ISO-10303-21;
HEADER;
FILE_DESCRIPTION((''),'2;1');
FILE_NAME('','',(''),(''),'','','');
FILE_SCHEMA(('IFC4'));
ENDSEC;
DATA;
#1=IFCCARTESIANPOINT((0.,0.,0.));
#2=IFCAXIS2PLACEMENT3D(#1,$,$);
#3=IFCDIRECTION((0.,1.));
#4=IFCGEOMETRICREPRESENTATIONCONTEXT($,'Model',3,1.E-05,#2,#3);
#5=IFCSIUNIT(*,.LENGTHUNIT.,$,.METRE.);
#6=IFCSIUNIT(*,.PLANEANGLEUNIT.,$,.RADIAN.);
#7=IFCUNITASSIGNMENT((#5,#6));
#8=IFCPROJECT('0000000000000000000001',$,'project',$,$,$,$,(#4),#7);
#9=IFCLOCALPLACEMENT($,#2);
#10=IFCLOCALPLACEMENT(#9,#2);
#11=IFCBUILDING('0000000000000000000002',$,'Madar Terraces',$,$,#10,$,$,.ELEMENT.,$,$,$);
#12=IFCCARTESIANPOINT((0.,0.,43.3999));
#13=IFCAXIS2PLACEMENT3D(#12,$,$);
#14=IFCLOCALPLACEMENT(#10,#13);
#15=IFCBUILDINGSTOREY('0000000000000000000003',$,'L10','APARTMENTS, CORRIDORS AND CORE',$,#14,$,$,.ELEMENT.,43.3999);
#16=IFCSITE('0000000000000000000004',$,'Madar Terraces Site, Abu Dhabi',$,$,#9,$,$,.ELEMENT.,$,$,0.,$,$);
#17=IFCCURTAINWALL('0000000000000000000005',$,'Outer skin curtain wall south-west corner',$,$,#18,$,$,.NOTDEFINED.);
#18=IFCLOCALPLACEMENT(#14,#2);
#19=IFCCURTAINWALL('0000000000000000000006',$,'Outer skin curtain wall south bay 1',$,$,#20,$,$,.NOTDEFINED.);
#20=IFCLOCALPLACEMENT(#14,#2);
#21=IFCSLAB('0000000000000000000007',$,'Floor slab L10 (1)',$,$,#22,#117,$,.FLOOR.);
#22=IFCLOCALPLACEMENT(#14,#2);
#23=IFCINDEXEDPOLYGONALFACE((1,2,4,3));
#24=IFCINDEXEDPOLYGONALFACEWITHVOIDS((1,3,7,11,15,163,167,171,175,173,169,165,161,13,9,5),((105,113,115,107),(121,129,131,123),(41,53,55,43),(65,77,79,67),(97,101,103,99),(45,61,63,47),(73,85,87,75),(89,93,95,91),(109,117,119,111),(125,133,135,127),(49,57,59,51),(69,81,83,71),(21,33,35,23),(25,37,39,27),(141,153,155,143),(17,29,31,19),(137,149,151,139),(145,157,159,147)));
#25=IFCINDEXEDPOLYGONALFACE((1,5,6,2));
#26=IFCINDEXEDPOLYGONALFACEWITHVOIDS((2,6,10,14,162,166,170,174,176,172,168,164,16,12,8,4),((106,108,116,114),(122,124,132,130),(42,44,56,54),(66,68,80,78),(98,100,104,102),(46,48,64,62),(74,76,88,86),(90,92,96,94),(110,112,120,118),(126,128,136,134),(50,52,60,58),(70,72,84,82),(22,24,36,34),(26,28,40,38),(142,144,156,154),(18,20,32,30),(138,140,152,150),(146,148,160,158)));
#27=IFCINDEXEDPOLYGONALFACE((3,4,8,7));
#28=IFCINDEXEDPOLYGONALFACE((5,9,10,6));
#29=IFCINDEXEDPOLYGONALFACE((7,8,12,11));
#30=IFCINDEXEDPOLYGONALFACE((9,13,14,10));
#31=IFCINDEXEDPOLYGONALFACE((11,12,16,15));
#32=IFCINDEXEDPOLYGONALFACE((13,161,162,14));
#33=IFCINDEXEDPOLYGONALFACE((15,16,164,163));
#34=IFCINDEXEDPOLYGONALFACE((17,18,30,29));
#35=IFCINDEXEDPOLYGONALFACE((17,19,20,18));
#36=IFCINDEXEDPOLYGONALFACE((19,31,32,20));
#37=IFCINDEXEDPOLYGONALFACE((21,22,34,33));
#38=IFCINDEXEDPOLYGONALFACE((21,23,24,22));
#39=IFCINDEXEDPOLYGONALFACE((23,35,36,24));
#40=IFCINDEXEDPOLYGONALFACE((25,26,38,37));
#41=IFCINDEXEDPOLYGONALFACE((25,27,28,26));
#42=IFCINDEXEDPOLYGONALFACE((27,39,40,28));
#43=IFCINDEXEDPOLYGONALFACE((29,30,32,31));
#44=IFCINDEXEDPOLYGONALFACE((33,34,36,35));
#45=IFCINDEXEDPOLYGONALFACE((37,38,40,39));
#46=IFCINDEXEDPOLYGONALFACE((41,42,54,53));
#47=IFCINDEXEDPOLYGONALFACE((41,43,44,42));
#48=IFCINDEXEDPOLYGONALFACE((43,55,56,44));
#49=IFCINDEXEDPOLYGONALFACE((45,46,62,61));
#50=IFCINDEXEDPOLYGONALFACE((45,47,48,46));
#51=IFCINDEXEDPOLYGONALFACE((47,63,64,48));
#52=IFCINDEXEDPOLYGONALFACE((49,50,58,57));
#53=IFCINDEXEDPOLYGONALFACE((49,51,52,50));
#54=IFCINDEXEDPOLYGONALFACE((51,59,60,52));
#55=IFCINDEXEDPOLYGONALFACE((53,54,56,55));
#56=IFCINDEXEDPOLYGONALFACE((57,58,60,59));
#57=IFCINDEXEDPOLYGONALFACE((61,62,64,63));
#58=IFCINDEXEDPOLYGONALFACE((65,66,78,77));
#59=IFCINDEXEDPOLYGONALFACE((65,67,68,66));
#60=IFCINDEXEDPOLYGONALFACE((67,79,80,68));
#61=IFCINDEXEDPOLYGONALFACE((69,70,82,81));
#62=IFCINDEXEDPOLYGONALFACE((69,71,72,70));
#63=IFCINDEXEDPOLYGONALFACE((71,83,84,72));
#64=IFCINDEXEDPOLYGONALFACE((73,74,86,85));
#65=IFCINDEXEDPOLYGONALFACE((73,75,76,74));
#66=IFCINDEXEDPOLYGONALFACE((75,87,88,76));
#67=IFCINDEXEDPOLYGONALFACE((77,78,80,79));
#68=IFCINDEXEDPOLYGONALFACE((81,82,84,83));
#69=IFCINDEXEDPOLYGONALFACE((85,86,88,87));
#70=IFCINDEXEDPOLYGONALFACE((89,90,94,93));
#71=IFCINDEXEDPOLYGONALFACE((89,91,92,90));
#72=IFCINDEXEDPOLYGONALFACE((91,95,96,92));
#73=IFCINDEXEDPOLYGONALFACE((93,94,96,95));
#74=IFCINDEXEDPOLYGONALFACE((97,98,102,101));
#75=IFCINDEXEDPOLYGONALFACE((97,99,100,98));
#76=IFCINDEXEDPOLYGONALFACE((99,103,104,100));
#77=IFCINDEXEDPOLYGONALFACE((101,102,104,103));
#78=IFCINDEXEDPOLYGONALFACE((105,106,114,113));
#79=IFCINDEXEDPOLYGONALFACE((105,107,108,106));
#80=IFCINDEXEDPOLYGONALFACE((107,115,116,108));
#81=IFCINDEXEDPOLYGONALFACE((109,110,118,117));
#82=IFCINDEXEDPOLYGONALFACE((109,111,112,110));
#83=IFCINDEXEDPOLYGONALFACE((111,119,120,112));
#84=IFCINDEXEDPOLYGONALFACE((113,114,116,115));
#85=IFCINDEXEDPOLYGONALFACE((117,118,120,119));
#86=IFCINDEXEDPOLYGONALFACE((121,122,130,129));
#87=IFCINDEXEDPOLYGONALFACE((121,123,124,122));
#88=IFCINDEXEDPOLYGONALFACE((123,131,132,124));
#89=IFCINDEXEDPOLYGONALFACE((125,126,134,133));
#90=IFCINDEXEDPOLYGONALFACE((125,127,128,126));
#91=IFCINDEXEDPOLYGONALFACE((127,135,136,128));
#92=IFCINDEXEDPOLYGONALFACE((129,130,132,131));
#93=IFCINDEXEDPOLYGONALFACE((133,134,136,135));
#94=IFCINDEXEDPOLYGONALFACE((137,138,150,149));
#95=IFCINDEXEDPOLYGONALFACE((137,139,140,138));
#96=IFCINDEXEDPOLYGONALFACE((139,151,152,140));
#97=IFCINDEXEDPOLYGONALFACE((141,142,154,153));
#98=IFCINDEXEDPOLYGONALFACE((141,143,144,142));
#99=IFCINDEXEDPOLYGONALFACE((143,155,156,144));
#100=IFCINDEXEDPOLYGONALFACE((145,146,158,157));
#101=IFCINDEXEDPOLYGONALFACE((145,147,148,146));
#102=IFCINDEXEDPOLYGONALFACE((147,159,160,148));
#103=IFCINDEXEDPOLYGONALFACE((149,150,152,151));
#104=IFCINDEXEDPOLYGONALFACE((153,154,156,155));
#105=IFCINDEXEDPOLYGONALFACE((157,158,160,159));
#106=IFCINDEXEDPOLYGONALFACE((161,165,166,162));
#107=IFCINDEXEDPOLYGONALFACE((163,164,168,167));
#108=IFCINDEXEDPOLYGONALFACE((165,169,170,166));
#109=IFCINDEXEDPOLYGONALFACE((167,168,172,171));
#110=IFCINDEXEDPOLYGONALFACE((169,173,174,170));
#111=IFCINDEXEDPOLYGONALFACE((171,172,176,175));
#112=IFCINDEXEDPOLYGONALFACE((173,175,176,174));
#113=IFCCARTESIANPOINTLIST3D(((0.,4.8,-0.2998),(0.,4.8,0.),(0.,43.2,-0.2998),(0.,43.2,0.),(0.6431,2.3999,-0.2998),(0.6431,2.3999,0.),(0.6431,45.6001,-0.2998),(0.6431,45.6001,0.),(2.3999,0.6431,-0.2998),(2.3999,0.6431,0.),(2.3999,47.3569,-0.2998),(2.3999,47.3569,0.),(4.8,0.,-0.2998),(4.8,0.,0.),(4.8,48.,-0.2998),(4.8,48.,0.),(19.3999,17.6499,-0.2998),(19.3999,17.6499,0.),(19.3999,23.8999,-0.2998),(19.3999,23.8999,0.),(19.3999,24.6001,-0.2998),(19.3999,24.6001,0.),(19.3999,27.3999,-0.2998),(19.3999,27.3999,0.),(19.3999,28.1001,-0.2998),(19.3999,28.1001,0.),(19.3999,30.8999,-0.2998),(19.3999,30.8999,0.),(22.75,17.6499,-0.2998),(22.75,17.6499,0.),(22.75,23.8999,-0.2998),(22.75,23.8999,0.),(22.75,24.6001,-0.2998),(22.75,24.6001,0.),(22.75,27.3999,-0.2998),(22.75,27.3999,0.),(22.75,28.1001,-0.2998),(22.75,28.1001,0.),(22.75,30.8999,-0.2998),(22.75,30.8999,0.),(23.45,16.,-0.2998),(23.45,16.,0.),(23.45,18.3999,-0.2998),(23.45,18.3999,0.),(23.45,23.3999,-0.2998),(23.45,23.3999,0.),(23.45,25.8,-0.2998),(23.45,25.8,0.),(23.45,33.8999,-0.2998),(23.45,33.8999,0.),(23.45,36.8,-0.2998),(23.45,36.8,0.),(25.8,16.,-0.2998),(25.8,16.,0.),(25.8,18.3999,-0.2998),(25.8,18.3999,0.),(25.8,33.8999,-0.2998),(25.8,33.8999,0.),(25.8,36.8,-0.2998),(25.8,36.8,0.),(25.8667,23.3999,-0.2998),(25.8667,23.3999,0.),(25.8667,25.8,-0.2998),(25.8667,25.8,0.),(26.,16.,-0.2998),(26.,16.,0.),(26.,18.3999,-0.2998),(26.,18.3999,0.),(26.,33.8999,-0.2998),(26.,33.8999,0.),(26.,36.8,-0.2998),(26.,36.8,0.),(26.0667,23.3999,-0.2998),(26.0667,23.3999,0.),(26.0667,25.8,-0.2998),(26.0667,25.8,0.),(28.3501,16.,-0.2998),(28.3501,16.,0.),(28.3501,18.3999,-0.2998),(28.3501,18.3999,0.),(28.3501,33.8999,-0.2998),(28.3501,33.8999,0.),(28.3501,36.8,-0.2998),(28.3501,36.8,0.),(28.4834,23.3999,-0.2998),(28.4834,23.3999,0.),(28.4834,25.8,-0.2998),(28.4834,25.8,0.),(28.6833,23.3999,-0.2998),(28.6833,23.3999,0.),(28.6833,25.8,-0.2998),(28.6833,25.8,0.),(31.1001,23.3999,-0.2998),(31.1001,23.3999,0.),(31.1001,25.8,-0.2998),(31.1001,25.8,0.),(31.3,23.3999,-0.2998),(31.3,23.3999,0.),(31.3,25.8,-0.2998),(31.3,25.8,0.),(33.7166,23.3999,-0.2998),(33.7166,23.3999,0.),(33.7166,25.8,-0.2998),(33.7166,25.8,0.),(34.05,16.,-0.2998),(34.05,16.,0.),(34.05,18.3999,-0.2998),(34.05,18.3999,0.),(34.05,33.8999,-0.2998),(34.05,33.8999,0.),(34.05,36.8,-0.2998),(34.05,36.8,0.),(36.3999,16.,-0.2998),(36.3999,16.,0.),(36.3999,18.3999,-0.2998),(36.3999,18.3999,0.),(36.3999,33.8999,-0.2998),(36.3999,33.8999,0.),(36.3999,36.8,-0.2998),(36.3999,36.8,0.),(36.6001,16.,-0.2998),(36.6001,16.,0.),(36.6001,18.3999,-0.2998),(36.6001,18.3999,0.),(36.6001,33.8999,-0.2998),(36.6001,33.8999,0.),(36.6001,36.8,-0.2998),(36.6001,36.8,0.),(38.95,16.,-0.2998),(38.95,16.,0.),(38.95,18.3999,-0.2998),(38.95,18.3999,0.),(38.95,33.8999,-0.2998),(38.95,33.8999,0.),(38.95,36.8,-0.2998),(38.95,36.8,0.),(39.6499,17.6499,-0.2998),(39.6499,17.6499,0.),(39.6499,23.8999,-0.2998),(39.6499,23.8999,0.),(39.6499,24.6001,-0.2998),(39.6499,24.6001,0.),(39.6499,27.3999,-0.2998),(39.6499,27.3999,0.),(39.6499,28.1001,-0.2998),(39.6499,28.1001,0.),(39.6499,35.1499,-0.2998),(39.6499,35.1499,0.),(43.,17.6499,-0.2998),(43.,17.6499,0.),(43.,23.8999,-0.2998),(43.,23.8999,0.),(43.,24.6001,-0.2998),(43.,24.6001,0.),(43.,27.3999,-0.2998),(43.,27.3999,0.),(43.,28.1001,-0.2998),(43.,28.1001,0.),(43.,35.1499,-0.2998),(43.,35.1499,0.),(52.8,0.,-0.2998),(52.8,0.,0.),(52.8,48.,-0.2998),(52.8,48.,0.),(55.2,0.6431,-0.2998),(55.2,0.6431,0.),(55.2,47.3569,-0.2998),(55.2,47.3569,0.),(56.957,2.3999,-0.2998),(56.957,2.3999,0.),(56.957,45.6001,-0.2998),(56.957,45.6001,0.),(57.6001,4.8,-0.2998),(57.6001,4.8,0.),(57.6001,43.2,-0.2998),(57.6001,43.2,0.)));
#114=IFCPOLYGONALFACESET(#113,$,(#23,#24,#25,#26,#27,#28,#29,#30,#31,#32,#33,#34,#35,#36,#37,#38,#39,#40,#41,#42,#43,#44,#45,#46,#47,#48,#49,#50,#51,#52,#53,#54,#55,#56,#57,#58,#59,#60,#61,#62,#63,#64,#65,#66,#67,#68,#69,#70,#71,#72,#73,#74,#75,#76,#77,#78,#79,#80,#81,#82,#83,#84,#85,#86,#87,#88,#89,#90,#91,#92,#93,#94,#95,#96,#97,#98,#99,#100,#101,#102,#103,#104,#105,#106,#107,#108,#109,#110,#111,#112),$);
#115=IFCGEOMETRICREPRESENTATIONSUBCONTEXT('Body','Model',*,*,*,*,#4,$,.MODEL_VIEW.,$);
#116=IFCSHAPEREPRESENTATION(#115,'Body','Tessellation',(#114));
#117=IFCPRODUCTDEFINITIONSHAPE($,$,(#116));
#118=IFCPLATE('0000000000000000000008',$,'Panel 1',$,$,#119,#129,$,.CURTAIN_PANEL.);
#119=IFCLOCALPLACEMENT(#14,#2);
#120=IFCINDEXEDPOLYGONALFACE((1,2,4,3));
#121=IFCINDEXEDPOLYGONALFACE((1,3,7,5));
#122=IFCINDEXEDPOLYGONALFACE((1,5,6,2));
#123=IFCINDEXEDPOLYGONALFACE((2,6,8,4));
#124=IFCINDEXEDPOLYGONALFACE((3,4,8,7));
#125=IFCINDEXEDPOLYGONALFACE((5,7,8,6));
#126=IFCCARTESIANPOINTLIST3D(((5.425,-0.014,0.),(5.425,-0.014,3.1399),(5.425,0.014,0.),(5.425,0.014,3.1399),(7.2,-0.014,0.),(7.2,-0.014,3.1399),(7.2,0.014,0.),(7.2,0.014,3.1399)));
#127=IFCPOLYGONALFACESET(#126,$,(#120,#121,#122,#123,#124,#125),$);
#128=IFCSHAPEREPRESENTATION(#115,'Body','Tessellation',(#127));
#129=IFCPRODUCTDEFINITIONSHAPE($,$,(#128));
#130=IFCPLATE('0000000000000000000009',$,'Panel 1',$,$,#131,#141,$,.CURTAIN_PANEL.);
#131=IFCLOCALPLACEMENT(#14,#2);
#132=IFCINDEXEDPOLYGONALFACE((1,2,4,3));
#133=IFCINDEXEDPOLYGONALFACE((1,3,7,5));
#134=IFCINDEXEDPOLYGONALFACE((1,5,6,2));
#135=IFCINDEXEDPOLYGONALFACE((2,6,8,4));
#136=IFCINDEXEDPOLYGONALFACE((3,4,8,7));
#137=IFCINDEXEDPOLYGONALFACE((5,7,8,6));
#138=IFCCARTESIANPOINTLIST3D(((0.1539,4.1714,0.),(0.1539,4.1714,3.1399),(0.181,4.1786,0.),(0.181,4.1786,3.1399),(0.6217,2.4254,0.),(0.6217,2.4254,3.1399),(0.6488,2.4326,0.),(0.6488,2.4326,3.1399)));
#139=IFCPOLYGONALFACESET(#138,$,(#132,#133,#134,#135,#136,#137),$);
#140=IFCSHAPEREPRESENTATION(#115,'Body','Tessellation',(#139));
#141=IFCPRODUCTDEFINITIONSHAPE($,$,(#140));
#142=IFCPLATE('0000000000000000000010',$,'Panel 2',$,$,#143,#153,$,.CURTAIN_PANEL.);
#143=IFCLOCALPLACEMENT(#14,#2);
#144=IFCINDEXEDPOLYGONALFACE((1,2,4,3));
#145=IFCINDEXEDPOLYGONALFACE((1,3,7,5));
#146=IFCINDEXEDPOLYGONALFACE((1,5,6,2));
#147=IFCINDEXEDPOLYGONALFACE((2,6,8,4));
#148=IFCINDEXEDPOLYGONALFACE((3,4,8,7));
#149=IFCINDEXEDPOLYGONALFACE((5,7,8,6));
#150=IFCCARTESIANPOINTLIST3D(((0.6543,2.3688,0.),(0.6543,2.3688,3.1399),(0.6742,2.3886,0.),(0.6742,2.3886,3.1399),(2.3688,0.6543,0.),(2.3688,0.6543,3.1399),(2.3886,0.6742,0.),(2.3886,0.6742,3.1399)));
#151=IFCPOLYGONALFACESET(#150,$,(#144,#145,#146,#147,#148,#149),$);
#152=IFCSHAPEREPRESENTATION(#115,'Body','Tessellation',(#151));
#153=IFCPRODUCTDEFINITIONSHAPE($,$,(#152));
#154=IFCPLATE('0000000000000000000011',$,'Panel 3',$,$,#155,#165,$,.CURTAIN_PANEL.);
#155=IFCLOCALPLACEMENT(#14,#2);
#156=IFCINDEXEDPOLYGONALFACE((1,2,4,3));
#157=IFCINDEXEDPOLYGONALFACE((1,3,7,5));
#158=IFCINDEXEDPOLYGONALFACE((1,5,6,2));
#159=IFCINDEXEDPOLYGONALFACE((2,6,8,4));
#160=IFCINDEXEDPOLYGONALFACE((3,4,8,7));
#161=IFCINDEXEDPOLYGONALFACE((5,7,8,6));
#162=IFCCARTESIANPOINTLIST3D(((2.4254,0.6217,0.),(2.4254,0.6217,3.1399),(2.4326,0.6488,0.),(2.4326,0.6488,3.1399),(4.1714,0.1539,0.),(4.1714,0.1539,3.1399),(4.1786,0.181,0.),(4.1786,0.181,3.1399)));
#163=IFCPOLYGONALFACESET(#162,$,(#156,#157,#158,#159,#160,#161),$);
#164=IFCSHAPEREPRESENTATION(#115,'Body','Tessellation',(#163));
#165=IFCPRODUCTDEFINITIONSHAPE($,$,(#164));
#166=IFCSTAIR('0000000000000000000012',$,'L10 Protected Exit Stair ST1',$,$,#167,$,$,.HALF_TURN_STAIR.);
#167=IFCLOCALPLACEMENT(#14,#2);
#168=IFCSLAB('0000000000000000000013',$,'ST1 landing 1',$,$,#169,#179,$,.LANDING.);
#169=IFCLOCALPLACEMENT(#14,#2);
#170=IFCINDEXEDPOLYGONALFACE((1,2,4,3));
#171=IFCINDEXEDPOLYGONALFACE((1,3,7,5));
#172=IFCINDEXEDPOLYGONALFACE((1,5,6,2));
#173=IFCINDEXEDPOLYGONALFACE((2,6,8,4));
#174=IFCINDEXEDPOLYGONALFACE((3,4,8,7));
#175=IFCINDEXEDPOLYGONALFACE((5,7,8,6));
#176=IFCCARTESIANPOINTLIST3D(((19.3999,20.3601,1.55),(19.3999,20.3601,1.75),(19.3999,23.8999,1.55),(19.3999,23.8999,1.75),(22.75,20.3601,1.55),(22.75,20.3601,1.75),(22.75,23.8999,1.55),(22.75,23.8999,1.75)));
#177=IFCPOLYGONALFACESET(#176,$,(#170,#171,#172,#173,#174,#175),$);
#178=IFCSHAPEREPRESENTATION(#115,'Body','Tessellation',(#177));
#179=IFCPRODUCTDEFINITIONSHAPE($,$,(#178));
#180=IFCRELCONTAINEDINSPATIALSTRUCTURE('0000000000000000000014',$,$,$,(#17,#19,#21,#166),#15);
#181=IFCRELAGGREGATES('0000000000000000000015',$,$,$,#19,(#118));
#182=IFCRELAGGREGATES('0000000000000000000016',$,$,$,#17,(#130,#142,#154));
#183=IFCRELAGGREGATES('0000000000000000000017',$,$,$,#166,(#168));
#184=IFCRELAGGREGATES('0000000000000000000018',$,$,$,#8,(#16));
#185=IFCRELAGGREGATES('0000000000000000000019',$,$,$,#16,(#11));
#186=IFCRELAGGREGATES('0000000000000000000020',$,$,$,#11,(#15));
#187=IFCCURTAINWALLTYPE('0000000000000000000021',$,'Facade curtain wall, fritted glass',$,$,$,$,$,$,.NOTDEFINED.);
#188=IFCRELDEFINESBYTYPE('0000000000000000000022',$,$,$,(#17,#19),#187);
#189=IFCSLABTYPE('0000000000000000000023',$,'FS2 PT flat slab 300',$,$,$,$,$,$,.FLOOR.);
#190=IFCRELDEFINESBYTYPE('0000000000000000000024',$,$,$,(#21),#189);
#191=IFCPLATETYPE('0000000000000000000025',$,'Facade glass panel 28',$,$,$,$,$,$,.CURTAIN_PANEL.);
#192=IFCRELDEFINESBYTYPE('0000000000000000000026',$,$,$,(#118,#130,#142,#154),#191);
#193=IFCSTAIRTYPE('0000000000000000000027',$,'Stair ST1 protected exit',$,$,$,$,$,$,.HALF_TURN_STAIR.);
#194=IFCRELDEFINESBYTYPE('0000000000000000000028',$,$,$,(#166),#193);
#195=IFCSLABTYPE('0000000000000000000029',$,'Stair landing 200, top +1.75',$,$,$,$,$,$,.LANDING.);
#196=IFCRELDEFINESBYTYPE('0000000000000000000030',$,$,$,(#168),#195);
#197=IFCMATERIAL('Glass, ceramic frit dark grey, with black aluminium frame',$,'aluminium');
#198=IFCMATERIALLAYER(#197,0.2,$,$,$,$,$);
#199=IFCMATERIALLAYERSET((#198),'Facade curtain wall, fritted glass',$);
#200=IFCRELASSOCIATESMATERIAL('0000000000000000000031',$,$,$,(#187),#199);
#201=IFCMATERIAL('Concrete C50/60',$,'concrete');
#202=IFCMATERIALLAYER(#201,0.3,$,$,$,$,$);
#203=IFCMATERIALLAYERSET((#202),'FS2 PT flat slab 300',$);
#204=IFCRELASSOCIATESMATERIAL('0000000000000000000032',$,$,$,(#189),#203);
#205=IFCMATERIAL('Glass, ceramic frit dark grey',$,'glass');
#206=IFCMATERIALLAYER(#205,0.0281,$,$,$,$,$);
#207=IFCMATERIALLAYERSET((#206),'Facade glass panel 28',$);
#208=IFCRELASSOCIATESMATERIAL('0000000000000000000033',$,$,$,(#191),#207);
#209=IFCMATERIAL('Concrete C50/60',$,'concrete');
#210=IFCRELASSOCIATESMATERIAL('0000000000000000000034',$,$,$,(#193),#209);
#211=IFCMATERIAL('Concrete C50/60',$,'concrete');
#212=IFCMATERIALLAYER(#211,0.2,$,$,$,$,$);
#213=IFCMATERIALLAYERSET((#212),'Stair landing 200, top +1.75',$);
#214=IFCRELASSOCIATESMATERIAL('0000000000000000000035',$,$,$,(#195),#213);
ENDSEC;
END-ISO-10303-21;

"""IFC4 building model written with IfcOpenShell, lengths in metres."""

from ifc_helpers import new_model, si_unit, direction, frame, origin, origin_2d, place, context, subcontext, project, spatial, polyline, rectangle, outline, extrude, material, layer, layer_set, type_object, element, aggregate, save


model = new_model("IFC4")

# Units and contexts
model_context = context("Model", 3, precision=1e-05, world=origin(), true_north=direction((0.0, 1.0)))
body_context = subcontext(model_context, "Body", "Model", "MODEL_VIEW")
ifc_project = project(units=[si_unit("LENGTHUNIT", "METRE"), si_unit("PLANEANGLEUNIT", "RADIAN")], contexts=[model_context])

# Site, building, storey
site_placement = place(None, origin())
site = spatial("IfcSite", under=ifc_project, at=site_placement, Name="Madar Terraces Site, Abu Dhabi", CompositionType="ELEMENT", RefElevation=0.0)
building_placement = place(site_placement, origin())
building = spatial("IfcBuilding", under=site, at=building_placement, Name="Madar Terraces", CompositionType="ELEMENT")
storey_placement = place(building_placement, frame((0.0, 0.0, 43.3999)))
storey = spatial("IfcBuildingStorey", under=building, at=storey_placement, Name="L10", Description="APARTMENTS, CORRIDORS AND CORE", CompositionType="ELEMENT", Elevation=43.3999)

# Curtain walls
ifc_material_1 = material(Name="Glass, ceramic frit dark grey, with black aluminium frame", Category="aluminium")
ifc_layer_1 = layer(ifc_material_1, 0.2)
ifc_layer_set_1 = layer_set([ifc_layer_1], Name="Facade curtain wall, fritted glass")
curtain_wall_type = type_object("IfcCurtainWallType", Name="Facade curtain wall, fritted glass", PredefinedType="NOTDEFINED", material=ifc_layer_set_1)
curtain_wall_1_placement = place(storey_placement, origin())
curtain_wall_1 = element("IfcCurtainWall", 1, at=curtain_wall_1_placement, inside=storey, type_object=curtain_wall_type, Name="Outer skin curtain wall south-west corner", PredefinedType="NOTDEFINED")
curtain_wall_2_placement = place(storey_placement, origin())
curtain_wall_2 = element("IfcCurtainWall", 2, at=curtain_wall_2_placement, inside=storey, type_object=curtain_wall_type, Name="Outer skin curtain wall south bay 1", PredefinedType="NOTDEFINED")

# Slab
ifc_material_2 = material(Name="Concrete C50/60", Category="concrete")
ifc_layer_2 = layer(ifc_material_2, 0.3)
ifc_layer_set_2 = layer_set([ifc_layer_2], Name="FS2 PT flat slab 300")
slab_type_1 = type_object("IfcSlabType", Name="FS2 PT flat slab 300", PredefinedType="FLOOR", material=ifc_layer_set_2)
slab_1_placement = place(storey_placement, frame((0.0, 0.0, -0.2998)))
element("IfcSlab", 3, at=slab_1_placement, inside=storey, type_object=slab_type_1, Name="Floor slab L10 (1)", PredefinedType="FLOOR", context=body_context, shape_type="SweptSolid", body=[
    extrude(outline(polyline([(52.8, 0.0), (55.2, 0.6431), (56.957, 2.3999), (57.6001, 4.8), (57.6001, 43.2), (56.957, 45.6001), (55.2, 47.3569), (52.8, 48.0), (4.8, 48.0), (2.3999, 47.3569), (0.6431, 45.6001), (0.0, 43.2), (0.0, 4.8), (0.6431, 2.3999), (2.3999, 0.6431), (4.8, 0.0), (52.8, 0.0)]), holes=[polyline([(23.45, 16.0), (23.45, 18.3999), (25.8, 18.3999), (25.8, 16.0), (23.45, 16.0)]), polyline([(26.0, 16.0), (26.0, 18.3999), (28.3501, 18.3999), (28.3501, 16.0), (26.0, 16.0)]), polyline([(19.3999, 17.6499), (19.3999, 23.8999), (22.75, 23.8999), (22.75, 17.6499), (19.3999, 17.6499)]), polyline([(23.45, 23.3999), (23.45, 25.8), (25.8667, 25.8), (25.8667, 23.3999), (23.45, 23.3999)]), polyline([(26.0667, 23.3999), (26.0667, 25.8), (28.4834, 25.8), (28.4834, 23.3999), (26.0667, 23.3999)]), polyline([(19.3999, 24.6001), (19.3999, 27.3999), (22.75, 27.3999), (22.75, 24.6001), (19.3999, 24.6001)]), polyline([(19.3999, 28.1001), (19.3999, 30.8999), (22.75, 30.8999), (22.75, 28.1001), (19.3999, 28.1001)]), polyline([(23.45, 36.8), (25.8, 36.8), (25.8, 33.8999), (23.45, 33.8999), (23.45, 36.8)]), polyline([(26.0, 36.8), (28.3501, 36.8), (28.3501, 33.8999), (26.0, 33.8999), (26.0, 36.8)]), polyline([(34.05, 16.0), (34.05, 18.3999), (36.3999, 18.3999), (36.3999, 16.0), (34.05, 16.0)]), polyline([(36.6001, 16.0), (36.6001, 18.3999), (38.95, 18.3999), (38.95, 16.0), (36.6001, 16.0)]), polyline([(39.6499, 17.6499), (39.6499, 23.8999), (43.0, 23.8999), (43.0, 17.6499), (39.6499, 17.6499)]), polyline([(28.6833, 23.3999), (28.6833, 25.8), (31.1001, 25.8), (31.1001, 23.3999), (28.6833, 23.3999)]), polyline([(31.3, 23.3999), (31.3, 25.8), (33.7166, 25.8), (33.7166, 23.3999), (31.3, 23.3999)]), polyline([(39.6499, 24.6001), (39.6499, 27.3999), (43.0, 27.3999), (43.0, 24.6001), (39.6499, 24.6001)]), polyline([(39.6499, 28.1001), (39.6499, 35.1499), (43.0, 35.1499), (43.0, 28.1001), (39.6499, 28.1001)]), polyline([(34.05, 36.8), (36.3999, 36.8), (36.3999, 33.8999), (34.05, 33.8999), (34.05, 36.8)]), polyline([(36.6001, 36.8), (38.95, 36.8), (38.95, 33.8999), (36.6001, 33.8999), (36.6001, 36.8)])]), origin(), (0.0, 0.0, 1.0), 0.2998),
])

# Plates
ifc_material_3 = material(Name="Glass, ceramic frit dark grey", Category="glass")
ifc_layer_3 = layer(ifc_material_3, 0.0281)
ifc_layer_set_3 = layer_set([ifc_layer_3], Name="Facade glass panel 28")
plate_type = type_object("IfcPlateType", Name="Facade glass panel 28", PredefinedType="CURTAIN_PANEL", material=ifc_layer_set_3)
plate_1_placement = place(storey_placement, frame((6.3125, 0.0, 0.0), z_axis=(0.0, 0.0, 1.0), x_axis=(1.0, 0.0, 0.0)))
plate_1 = element("IfcPlate", 4, at=plate_1_placement, type_object=plate_type, Name="Panel 1", PredefinedType="CURTAIN_PANEL", context=body_context, shape_type="SweptSolid", body=[
    extrude(rectangle(XDim=1.7749, YDim=0.0281, at=origin_2d()), origin(), (0.0, 0.0, 1.0), 3.1399),
])
aggregate(curtain_wall_2, [plate_1])
plate_2_placement = place(storey_placement, frame((0.4014, 3.302, 0.0), z_axis=(0.0, 0.0, 1.0), x_axis=(0.258819, -0.965926, 0.0)))
plate_2 = element("IfcPlate", 5, at=plate_2_placement, type_object=plate_type, Name="Panel 1", PredefinedType="CURTAIN_PANEL", context=body_context, shape_type="SweptSolid", body=[
    extrude(rectangle(XDim=1.8076, YDim=0.0281, at=origin_2d()), origin(), (0.0, 0.0, 1.0), 3.1399),
])
plate_3_placement = place(storey_placement, frame((1.5215, 1.5215, 0.0), z_axis=(0.0, 0.0, 1.0), x_axis=(0.707107, -0.707107, 0.0)))
plate_3 = element("IfcPlate", 6, at=plate_3_placement, type_object=plate_type, Name="Panel 2", PredefinedType="CURTAIN_PANEL", context=body_context, shape_type="SweptSolid", body=[
    extrude(rectangle(XDim=2.4246, YDim=0.0281, at=origin_2d()), origin(), (0.0, 0.0, 1.0), 3.1399),
])
plate_4_placement = place(storey_placement, frame((3.302, 0.4014, 0.0), z_axis=(0.0, 0.0, 1.0), x_axis=(0.965926, -0.258819, 0.0)))
plate_4 = element("IfcPlate", 7, at=plate_4_placement, type_object=plate_type, Name="Panel 3", PredefinedType="CURTAIN_PANEL", context=body_context, shape_type="SweptSolid", body=[
    extrude(rectangle(XDim=1.8076, YDim=0.0281, at=origin_2d()), origin(), (0.0, 0.0, 1.0), 3.1399),
])
aggregate(curtain_wall_1, [plate_2, plate_3, plate_4])

# Stair, slab
ifc_material_4 = material(Name="Concrete C50/60", Category="concrete")
stair_type_1 = type_object("IfcStairType", Name="Stair ST1 protected exit", PredefinedType="HALF_TURN_STAIR", material=ifc_material_4)
stair_1_placement = place(storey_placement, origin())
stair_1 = element("IfcStair", 8, at=stair_1_placement, inside=storey, type_object=stair_type_1, Name="L10 Protected Exit Stair ST1", PredefinedType="HALF_TURN_STAIR")
ifc_material_5 = material(Name="Concrete C50/60", Category="concrete")
ifc_layer_4 = layer(ifc_material_5, 0.2)
ifc_layer_set_4 = layer_set([ifc_layer_4], Name="Stair landing 200, top +1.75")
slab_type_2 = type_object("IfcSlabType", Name="Stair landing 200, top +1.75", PredefinedType="LANDING", material=ifc_layer_set_4)
slab_2_placement = place(storey_placement, frame((0.0, 0.0, 1.55)))
slab_2 = element("IfcSlab", 9, at=slab_2_placement, type_object=slab_type_2, Name="ST1 landing 1", PredefinedType="LANDING", context=body_context, shape_type="SweptSolid", body=[
    extrude(outline(polyline([(19.3999, 20.3601), (22.75, 20.3601), (22.75, 23.8999), (19.3999, 23.8999), (19.3999, 20.3601)])), origin(), (0.0, 0.0, 1.0), 0.2),
])
aggregate(stair_1, [slab_2])

save(model, "model.ifc")
